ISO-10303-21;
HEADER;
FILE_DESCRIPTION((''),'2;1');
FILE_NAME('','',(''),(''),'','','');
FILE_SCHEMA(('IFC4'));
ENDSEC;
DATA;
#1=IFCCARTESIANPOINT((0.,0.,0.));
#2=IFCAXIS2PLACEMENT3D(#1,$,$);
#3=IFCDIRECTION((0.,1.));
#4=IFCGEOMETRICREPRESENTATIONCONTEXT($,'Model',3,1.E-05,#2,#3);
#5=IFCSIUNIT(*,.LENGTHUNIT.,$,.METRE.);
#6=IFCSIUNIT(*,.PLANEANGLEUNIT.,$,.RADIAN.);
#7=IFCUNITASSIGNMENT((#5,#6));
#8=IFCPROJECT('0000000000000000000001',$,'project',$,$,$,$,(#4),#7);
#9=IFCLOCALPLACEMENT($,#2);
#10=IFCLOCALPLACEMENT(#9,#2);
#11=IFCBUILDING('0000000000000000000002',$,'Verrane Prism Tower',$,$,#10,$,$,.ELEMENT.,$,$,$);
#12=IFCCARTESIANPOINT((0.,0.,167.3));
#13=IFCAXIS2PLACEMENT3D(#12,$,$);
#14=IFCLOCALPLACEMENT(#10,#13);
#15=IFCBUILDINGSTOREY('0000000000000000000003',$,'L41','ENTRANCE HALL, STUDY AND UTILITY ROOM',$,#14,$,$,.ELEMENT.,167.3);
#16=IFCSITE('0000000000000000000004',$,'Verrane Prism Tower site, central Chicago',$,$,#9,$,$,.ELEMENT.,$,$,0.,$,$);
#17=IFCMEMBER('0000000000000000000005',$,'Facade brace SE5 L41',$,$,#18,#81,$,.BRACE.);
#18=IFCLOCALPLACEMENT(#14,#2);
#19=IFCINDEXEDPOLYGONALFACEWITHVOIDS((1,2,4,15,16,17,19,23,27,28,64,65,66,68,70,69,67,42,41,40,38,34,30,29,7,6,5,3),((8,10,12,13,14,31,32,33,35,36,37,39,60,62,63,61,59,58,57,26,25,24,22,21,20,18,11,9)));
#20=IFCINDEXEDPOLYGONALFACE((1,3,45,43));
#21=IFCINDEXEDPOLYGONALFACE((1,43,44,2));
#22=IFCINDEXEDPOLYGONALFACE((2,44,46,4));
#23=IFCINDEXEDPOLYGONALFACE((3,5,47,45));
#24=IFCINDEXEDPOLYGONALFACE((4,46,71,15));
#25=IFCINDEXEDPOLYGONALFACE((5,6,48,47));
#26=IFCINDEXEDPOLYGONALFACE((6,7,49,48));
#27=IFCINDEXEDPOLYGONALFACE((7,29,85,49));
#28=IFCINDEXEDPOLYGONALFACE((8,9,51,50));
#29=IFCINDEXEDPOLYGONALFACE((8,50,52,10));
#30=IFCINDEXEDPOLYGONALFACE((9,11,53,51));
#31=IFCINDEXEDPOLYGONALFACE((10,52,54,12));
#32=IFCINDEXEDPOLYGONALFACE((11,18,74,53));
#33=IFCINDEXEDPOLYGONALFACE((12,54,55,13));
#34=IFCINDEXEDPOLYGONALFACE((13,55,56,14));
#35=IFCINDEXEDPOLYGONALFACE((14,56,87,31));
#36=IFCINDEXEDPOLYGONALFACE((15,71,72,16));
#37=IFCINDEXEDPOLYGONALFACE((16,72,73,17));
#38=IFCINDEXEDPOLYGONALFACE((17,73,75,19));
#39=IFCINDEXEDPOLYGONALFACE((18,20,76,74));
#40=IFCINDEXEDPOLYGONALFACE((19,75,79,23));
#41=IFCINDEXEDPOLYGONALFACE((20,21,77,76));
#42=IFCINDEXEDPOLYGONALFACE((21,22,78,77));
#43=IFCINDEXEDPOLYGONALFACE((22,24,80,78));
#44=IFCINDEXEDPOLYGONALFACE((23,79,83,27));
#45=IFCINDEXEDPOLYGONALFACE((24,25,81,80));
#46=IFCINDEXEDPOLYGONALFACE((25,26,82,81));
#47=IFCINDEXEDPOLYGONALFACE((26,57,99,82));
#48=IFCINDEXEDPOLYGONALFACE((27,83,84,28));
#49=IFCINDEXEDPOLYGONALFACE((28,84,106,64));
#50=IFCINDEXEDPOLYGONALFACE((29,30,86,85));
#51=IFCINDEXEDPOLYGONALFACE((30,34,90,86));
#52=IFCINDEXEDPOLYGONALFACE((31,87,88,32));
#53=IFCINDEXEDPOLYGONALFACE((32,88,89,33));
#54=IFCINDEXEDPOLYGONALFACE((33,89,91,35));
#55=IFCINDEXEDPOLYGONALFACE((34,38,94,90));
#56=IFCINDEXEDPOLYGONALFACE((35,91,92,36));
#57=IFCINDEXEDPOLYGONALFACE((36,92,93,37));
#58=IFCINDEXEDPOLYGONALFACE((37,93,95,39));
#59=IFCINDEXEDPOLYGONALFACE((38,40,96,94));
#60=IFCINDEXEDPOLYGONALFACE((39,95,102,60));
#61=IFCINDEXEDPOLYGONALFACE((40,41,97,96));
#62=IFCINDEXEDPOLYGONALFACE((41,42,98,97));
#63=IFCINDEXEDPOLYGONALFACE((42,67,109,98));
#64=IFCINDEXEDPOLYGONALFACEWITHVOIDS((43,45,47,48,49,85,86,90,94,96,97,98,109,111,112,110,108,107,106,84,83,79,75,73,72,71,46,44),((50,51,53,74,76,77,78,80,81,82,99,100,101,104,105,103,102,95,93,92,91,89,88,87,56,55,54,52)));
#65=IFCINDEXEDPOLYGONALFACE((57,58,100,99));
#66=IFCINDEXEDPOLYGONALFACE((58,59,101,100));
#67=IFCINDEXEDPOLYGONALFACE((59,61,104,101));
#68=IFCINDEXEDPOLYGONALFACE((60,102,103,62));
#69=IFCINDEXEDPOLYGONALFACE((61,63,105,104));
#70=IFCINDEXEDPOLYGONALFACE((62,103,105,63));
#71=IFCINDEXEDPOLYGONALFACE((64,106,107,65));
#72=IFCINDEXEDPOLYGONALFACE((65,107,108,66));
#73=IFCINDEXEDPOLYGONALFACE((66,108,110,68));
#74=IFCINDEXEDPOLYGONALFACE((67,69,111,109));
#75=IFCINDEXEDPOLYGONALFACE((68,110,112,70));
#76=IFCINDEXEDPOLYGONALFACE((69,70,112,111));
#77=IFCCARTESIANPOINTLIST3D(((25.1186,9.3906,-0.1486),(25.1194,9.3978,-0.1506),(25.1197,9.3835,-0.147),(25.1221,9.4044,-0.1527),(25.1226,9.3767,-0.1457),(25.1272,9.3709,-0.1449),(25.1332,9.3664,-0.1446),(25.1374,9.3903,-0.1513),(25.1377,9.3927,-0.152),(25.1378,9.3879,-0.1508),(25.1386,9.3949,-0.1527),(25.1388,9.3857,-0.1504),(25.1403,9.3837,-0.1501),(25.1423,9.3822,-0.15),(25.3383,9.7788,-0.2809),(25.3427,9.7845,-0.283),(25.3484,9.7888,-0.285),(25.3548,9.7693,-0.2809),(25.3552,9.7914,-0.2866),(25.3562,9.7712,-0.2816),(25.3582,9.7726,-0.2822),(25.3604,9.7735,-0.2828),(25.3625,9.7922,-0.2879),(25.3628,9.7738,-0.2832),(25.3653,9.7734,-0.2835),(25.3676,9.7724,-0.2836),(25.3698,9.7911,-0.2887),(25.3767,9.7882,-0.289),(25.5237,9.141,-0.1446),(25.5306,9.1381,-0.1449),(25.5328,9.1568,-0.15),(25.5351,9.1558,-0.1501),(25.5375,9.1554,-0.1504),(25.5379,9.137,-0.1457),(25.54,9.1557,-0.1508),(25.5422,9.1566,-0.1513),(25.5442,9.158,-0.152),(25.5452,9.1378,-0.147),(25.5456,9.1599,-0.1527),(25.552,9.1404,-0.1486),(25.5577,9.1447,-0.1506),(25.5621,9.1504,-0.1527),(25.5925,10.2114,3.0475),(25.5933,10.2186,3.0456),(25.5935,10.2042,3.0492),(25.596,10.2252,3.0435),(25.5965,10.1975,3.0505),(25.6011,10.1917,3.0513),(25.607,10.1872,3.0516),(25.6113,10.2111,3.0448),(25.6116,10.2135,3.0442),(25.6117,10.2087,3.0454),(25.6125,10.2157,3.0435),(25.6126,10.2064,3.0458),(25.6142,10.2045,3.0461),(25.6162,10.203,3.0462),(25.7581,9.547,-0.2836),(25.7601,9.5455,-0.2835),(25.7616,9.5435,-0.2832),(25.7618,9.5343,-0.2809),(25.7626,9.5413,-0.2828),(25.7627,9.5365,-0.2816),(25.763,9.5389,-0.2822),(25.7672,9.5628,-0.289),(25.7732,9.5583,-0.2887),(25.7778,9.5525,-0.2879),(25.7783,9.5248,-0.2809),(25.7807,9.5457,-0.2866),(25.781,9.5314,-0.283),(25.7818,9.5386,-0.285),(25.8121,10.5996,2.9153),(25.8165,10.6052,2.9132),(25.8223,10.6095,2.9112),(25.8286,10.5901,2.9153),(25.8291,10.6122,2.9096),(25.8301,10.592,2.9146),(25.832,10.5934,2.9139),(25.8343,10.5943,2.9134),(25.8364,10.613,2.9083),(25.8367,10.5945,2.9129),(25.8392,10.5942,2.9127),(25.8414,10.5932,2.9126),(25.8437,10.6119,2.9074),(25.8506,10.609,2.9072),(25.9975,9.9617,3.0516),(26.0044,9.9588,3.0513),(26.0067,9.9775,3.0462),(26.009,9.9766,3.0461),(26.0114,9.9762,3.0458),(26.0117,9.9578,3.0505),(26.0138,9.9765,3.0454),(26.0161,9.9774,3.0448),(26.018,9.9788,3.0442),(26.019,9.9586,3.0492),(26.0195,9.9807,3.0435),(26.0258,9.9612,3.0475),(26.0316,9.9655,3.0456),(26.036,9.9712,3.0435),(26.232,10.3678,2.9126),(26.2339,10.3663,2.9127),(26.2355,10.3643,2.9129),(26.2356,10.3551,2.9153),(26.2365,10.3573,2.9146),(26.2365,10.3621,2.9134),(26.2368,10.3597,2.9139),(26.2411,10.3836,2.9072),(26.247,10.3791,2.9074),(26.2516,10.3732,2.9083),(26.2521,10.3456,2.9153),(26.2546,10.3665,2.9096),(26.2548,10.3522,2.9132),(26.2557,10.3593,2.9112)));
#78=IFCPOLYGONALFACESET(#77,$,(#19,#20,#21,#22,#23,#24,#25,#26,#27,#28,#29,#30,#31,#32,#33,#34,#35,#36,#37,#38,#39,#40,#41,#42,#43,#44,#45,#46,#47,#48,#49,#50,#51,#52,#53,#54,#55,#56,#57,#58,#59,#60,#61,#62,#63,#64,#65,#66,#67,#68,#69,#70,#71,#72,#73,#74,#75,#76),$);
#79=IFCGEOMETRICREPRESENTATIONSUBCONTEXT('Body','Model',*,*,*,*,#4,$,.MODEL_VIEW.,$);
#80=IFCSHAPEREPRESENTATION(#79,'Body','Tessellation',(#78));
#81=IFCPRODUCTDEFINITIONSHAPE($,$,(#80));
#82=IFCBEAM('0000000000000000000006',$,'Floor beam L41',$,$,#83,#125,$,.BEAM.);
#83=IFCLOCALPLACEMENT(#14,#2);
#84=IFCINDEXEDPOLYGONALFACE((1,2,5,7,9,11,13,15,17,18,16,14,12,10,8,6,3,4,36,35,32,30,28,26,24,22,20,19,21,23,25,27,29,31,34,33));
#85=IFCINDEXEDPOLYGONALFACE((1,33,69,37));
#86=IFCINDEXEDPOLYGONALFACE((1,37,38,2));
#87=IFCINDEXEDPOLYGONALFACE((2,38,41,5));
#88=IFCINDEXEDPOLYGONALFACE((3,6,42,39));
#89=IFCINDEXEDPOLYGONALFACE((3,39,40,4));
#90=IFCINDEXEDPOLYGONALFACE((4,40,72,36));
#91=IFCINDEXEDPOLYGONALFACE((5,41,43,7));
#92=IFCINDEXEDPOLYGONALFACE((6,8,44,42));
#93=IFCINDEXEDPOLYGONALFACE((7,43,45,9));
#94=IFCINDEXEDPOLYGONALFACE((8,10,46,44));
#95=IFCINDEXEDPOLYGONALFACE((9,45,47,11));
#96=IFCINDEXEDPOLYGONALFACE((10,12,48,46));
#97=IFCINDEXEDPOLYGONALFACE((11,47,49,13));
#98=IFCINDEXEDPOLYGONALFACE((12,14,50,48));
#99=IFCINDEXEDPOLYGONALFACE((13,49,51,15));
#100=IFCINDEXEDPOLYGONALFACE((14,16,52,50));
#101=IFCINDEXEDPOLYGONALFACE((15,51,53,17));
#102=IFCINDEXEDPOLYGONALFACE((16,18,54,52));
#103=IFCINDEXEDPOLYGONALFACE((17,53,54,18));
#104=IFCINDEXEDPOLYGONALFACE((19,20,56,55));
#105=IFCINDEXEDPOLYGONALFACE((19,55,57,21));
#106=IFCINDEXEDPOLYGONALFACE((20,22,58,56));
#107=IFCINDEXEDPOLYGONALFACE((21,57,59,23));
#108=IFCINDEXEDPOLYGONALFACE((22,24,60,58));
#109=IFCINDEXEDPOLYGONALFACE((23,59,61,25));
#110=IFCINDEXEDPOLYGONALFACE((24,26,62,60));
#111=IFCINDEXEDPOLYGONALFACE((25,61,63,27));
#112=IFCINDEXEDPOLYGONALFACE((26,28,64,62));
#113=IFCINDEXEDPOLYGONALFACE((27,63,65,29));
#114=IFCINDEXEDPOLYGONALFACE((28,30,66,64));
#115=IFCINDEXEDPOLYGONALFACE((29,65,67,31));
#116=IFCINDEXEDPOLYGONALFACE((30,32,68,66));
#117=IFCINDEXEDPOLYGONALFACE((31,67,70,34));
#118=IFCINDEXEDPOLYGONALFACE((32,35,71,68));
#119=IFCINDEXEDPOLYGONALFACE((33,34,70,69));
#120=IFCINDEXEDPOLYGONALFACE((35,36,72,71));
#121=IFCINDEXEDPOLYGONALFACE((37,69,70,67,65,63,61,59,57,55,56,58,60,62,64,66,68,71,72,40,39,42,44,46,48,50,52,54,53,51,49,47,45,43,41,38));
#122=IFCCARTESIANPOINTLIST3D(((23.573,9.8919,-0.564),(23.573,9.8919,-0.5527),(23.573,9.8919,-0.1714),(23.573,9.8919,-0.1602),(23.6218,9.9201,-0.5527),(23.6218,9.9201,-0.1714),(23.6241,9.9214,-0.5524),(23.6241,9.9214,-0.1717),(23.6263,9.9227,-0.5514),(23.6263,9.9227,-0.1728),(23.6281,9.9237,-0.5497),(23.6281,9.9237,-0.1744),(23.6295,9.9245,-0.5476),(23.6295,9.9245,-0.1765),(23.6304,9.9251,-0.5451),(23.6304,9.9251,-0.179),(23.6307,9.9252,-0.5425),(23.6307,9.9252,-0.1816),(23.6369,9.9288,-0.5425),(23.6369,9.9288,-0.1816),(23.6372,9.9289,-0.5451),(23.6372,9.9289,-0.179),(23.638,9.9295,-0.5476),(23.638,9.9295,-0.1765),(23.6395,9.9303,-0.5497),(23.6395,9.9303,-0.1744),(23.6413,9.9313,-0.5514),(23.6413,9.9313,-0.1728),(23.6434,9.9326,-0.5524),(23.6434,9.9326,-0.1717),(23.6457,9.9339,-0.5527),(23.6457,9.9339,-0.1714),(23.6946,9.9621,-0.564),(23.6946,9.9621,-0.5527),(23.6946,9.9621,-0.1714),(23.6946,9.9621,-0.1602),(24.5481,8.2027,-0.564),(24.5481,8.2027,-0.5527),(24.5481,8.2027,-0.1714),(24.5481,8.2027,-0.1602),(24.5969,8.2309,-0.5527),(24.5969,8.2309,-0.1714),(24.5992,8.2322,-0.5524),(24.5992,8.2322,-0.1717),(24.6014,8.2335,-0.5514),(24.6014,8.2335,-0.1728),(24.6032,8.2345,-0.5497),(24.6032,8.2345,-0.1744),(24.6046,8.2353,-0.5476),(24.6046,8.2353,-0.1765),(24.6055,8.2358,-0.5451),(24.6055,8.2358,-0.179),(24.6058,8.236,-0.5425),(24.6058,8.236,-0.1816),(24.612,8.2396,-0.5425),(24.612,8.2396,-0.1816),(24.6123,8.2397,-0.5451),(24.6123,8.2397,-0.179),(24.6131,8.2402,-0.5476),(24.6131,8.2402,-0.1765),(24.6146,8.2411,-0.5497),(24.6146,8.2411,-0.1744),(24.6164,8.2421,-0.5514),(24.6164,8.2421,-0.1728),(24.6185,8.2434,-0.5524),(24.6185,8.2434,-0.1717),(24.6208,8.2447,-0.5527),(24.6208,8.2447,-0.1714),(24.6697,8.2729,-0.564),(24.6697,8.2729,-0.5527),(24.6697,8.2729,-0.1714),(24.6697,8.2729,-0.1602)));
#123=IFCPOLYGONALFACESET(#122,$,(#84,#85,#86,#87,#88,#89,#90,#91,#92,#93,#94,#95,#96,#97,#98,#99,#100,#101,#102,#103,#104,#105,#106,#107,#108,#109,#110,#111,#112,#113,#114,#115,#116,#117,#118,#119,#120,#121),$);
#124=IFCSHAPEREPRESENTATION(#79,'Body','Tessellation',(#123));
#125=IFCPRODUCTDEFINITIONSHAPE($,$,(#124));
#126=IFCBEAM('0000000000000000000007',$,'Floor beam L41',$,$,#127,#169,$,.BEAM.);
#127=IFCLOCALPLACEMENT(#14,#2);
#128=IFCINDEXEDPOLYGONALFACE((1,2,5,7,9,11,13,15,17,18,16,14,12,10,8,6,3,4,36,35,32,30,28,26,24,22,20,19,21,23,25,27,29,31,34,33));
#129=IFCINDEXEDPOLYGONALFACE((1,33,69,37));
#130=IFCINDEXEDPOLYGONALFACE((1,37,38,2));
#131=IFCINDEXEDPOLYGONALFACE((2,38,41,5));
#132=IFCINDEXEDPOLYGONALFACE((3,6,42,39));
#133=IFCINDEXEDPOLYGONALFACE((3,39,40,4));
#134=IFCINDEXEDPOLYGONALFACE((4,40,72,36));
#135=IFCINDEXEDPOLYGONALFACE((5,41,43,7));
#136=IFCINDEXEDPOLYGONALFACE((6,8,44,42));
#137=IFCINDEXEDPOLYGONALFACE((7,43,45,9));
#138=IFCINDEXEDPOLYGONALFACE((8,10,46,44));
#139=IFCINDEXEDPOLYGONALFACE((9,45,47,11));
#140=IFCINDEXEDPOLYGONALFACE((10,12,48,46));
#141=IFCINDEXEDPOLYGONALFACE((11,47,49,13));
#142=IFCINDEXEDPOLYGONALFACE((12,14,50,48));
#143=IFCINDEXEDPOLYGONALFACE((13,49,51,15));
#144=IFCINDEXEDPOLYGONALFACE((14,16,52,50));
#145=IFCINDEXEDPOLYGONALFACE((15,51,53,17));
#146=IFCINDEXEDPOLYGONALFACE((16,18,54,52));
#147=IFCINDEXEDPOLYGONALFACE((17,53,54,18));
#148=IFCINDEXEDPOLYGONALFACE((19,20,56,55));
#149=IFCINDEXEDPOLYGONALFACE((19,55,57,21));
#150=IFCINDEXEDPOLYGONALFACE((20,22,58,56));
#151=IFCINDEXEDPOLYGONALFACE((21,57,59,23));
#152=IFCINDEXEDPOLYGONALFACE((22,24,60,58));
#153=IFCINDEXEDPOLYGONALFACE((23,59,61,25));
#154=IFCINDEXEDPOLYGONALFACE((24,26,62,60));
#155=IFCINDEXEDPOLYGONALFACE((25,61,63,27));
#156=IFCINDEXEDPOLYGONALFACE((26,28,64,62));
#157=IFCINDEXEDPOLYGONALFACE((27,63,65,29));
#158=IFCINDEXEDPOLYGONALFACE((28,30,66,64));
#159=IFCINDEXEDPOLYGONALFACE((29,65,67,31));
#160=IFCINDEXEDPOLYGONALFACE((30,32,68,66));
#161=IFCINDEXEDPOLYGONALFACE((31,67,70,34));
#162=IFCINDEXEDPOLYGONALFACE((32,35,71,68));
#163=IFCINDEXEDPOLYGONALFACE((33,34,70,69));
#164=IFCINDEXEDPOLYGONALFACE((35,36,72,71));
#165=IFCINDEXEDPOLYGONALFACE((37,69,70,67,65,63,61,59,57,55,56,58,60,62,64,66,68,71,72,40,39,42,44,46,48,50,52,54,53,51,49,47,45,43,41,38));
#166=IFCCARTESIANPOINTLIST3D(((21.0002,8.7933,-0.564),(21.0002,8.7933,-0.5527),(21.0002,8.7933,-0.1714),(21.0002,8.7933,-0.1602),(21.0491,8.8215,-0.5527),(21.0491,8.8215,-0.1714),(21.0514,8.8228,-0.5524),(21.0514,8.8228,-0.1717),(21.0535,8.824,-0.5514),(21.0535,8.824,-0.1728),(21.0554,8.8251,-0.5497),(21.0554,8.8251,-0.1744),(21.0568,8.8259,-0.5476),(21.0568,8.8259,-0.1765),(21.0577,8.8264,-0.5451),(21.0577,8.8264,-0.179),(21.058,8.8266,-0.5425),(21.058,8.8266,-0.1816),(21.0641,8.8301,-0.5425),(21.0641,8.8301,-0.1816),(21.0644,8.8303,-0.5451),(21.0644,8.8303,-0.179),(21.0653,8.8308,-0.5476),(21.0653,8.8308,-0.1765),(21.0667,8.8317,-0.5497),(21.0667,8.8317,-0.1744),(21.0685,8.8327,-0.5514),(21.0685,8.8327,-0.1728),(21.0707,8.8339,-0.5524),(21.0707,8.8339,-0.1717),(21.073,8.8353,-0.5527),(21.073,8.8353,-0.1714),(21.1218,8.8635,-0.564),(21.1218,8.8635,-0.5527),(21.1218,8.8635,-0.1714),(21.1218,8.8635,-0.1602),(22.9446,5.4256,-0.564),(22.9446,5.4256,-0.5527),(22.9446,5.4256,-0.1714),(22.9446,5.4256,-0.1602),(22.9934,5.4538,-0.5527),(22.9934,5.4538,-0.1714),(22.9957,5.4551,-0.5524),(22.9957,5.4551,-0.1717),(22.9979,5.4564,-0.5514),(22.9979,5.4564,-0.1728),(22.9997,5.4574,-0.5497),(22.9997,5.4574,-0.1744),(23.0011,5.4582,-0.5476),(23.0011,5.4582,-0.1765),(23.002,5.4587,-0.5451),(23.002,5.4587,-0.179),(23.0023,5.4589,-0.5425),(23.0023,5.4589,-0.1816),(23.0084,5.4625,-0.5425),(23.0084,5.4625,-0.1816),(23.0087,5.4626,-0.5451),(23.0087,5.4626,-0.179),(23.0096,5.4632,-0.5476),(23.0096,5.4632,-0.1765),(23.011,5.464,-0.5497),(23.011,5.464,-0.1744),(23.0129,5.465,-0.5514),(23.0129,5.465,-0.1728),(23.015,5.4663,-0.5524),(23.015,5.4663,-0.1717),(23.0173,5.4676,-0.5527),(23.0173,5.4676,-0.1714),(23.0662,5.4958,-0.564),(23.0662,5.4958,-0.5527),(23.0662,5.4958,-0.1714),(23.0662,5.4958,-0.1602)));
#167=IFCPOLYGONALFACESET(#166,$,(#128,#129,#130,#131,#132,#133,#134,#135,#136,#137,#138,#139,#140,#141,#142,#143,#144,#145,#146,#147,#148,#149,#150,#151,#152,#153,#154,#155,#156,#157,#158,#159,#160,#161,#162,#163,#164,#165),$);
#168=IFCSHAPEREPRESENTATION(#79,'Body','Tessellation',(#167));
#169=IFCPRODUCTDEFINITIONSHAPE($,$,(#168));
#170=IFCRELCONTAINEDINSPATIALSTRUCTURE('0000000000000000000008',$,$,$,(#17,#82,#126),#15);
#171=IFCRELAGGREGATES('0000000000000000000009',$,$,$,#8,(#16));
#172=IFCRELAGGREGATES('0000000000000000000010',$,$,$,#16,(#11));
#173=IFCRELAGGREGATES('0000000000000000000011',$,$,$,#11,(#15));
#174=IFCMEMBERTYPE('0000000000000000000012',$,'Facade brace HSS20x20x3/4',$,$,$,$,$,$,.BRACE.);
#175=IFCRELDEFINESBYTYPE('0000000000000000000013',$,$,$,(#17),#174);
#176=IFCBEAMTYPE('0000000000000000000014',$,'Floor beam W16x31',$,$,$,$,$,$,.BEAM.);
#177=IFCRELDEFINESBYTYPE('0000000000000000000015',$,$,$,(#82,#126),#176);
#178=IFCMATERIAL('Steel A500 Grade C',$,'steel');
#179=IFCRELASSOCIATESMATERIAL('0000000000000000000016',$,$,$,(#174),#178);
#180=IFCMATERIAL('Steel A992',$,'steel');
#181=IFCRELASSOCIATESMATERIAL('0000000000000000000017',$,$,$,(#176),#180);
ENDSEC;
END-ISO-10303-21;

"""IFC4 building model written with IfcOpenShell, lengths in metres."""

from ifc_helpers import new_model, si_unit, direction, frame, origin, origin_2d, place, context, subcontext, project, spatial, hollow_rectangle, i_section, extrude, material, material_profile, profile_set, type_object, element, save


model = new_model("IFC4")

# Units and contexts
model_context = context("Model", 3, precision=1e-05, world=origin(), true_north=direction((0.0, 1.0)))
body_context = subcontext(model_context, "Body", "Model", "MODEL_VIEW")
ifc_project = project(units=[si_unit("LENGTHUNIT", "METRE"), si_unit("PLANEANGLEUNIT", "RADIAN")], contexts=[model_context])

# Site, building, storey
site_placement = place(None, origin())
site = spatial("IfcSite", under=ifc_project, at=site_placement, Name="Verrane Prism Tower site, central Chicago", CompositionType="ELEMENT", RefElevation=0.0)
building_placement = place(site_placement, origin())
building = spatial("IfcBuilding", under=site, at=building_placement, Name="Verrane Prism Tower", CompositionType="ELEMENT")
storey_placement = place(building_placement, frame((0.0, 0.0, 167.3)))
storey = spatial("IfcBuildingStorey", under=building, at=storey_placement, Name="L41", Description="ENTRANCE HALL, STUDY AND UTILITY ROOM", CompositionType="ELEMENT", Elevation=167.3)

# Member
ifc_material_1 = material(Name="Steel A500 Grade C", Category="steel")
ifc_material_profile_1 = material_profile(ifc_material_1, hollow_rectangle(XDim=0.5081, YDim=0.5081, WallThickness=0.019, InnerFilletRadius=0.0095, OuterFilletRadius=0.0286, at=origin_2d()), Name="HSS20x20x3/4")
ifc_profile_set_1 = profile_set([ifc_material_profile_1], Name="Steel A500 Grade C")
member_type_1 = type_object("IfcMemberType", Name="Facade brace HSS20x20x3/4", PredefinedType="BRACE", material=ifc_profile_set_1)
member_1_placement = place(storey_placement, frame((25.4502, 9.4646, -0.2168), z_axis=(0.142141, 0.246202, 0.958739), x_axis=(-0.866031, 0.49999, 0.0)))
element("IfcMember", 1, at=member_1_placement, inside=storey, type_object=member_type_1, Name="Facade brace SE5 L41", PredefinedType="BRACE", context=body_context, shape_type="SweptSolid", body=[
    extrude(hollow_rectangle(XDim=0.5081, YDim=0.5081, WallThickness=0.019, InnerFilletRadius=0.0095, OuterFilletRadius=0.0286, at=origin_2d()), origin(), (0.0, 0.0, 1.0), 3.3337),
])

# Beams
ifc_material_2 = material(Name="Steel A992", Category="steel")
ifc_material_profile_2 = material_profile(ifc_material_2, i_section(OverallWidth=0.1404, OverallDepth=0.4038, WebThickness=0.0071, FlangeThickness=0.0112, FilletRadius=0.0103, at=origin_2d()), Name="W16x31")
ifc_profile_set_2 = profile_set([ifc_material_profile_2], Name="Steel A992")
beam_type_1 = type_object("IfcBeamType", Name="Floor beam W16x31", PredefinedType="BEAM", material=ifc_profile_set_2)
beam_1_placement = place(storey_placement, frame((24.6089, 8.2378, -0.3621), z_axis=(-0.499936, 0.866063, 0.0), x_axis=(-0.866063, -0.499936, 0.0)))
element("IfcBeam", 2, at=beam_1_placement, inside=storey, type_object=beam_type_1, Name="Floor beam L41", PredefinedType="BEAM", context=body_context, shape_type="SweptSolid", body=[
    extrude(i_section(OverallWidth=0.1404, OverallDepth=0.4038, WebThickness=0.0071, FlangeThickness=0.0112, FilletRadius=0.0103, at=origin_2d()), origin(), (0.0, 0.0, 1.0), 1.9504),
])
beam_2_placement = place(storey_placement, frame((23.0054, 5.4607, -0.3621), z_axis=(-0.500001, 0.866025, 0.0), x_axis=(-0.866025, -0.500001, 0.0)))
element("IfcBeam", 3, at=beam_2_placement, inside=storey, type_object=beam_type_1, Name="Floor beam L41", PredefinedType="BEAM", context=body_context, shape_type="SweptSolid", body=[
    extrude(i_section(OverallWidth=0.1404, OverallDepth=0.4038, WebThickness=0.0071, FlangeThickness=0.0112, FilletRadius=0.0103, at=origin_2d()), origin(), (0.0, 0.0, 1.0), 3.8887),
])

save(model, "model.ifc")
